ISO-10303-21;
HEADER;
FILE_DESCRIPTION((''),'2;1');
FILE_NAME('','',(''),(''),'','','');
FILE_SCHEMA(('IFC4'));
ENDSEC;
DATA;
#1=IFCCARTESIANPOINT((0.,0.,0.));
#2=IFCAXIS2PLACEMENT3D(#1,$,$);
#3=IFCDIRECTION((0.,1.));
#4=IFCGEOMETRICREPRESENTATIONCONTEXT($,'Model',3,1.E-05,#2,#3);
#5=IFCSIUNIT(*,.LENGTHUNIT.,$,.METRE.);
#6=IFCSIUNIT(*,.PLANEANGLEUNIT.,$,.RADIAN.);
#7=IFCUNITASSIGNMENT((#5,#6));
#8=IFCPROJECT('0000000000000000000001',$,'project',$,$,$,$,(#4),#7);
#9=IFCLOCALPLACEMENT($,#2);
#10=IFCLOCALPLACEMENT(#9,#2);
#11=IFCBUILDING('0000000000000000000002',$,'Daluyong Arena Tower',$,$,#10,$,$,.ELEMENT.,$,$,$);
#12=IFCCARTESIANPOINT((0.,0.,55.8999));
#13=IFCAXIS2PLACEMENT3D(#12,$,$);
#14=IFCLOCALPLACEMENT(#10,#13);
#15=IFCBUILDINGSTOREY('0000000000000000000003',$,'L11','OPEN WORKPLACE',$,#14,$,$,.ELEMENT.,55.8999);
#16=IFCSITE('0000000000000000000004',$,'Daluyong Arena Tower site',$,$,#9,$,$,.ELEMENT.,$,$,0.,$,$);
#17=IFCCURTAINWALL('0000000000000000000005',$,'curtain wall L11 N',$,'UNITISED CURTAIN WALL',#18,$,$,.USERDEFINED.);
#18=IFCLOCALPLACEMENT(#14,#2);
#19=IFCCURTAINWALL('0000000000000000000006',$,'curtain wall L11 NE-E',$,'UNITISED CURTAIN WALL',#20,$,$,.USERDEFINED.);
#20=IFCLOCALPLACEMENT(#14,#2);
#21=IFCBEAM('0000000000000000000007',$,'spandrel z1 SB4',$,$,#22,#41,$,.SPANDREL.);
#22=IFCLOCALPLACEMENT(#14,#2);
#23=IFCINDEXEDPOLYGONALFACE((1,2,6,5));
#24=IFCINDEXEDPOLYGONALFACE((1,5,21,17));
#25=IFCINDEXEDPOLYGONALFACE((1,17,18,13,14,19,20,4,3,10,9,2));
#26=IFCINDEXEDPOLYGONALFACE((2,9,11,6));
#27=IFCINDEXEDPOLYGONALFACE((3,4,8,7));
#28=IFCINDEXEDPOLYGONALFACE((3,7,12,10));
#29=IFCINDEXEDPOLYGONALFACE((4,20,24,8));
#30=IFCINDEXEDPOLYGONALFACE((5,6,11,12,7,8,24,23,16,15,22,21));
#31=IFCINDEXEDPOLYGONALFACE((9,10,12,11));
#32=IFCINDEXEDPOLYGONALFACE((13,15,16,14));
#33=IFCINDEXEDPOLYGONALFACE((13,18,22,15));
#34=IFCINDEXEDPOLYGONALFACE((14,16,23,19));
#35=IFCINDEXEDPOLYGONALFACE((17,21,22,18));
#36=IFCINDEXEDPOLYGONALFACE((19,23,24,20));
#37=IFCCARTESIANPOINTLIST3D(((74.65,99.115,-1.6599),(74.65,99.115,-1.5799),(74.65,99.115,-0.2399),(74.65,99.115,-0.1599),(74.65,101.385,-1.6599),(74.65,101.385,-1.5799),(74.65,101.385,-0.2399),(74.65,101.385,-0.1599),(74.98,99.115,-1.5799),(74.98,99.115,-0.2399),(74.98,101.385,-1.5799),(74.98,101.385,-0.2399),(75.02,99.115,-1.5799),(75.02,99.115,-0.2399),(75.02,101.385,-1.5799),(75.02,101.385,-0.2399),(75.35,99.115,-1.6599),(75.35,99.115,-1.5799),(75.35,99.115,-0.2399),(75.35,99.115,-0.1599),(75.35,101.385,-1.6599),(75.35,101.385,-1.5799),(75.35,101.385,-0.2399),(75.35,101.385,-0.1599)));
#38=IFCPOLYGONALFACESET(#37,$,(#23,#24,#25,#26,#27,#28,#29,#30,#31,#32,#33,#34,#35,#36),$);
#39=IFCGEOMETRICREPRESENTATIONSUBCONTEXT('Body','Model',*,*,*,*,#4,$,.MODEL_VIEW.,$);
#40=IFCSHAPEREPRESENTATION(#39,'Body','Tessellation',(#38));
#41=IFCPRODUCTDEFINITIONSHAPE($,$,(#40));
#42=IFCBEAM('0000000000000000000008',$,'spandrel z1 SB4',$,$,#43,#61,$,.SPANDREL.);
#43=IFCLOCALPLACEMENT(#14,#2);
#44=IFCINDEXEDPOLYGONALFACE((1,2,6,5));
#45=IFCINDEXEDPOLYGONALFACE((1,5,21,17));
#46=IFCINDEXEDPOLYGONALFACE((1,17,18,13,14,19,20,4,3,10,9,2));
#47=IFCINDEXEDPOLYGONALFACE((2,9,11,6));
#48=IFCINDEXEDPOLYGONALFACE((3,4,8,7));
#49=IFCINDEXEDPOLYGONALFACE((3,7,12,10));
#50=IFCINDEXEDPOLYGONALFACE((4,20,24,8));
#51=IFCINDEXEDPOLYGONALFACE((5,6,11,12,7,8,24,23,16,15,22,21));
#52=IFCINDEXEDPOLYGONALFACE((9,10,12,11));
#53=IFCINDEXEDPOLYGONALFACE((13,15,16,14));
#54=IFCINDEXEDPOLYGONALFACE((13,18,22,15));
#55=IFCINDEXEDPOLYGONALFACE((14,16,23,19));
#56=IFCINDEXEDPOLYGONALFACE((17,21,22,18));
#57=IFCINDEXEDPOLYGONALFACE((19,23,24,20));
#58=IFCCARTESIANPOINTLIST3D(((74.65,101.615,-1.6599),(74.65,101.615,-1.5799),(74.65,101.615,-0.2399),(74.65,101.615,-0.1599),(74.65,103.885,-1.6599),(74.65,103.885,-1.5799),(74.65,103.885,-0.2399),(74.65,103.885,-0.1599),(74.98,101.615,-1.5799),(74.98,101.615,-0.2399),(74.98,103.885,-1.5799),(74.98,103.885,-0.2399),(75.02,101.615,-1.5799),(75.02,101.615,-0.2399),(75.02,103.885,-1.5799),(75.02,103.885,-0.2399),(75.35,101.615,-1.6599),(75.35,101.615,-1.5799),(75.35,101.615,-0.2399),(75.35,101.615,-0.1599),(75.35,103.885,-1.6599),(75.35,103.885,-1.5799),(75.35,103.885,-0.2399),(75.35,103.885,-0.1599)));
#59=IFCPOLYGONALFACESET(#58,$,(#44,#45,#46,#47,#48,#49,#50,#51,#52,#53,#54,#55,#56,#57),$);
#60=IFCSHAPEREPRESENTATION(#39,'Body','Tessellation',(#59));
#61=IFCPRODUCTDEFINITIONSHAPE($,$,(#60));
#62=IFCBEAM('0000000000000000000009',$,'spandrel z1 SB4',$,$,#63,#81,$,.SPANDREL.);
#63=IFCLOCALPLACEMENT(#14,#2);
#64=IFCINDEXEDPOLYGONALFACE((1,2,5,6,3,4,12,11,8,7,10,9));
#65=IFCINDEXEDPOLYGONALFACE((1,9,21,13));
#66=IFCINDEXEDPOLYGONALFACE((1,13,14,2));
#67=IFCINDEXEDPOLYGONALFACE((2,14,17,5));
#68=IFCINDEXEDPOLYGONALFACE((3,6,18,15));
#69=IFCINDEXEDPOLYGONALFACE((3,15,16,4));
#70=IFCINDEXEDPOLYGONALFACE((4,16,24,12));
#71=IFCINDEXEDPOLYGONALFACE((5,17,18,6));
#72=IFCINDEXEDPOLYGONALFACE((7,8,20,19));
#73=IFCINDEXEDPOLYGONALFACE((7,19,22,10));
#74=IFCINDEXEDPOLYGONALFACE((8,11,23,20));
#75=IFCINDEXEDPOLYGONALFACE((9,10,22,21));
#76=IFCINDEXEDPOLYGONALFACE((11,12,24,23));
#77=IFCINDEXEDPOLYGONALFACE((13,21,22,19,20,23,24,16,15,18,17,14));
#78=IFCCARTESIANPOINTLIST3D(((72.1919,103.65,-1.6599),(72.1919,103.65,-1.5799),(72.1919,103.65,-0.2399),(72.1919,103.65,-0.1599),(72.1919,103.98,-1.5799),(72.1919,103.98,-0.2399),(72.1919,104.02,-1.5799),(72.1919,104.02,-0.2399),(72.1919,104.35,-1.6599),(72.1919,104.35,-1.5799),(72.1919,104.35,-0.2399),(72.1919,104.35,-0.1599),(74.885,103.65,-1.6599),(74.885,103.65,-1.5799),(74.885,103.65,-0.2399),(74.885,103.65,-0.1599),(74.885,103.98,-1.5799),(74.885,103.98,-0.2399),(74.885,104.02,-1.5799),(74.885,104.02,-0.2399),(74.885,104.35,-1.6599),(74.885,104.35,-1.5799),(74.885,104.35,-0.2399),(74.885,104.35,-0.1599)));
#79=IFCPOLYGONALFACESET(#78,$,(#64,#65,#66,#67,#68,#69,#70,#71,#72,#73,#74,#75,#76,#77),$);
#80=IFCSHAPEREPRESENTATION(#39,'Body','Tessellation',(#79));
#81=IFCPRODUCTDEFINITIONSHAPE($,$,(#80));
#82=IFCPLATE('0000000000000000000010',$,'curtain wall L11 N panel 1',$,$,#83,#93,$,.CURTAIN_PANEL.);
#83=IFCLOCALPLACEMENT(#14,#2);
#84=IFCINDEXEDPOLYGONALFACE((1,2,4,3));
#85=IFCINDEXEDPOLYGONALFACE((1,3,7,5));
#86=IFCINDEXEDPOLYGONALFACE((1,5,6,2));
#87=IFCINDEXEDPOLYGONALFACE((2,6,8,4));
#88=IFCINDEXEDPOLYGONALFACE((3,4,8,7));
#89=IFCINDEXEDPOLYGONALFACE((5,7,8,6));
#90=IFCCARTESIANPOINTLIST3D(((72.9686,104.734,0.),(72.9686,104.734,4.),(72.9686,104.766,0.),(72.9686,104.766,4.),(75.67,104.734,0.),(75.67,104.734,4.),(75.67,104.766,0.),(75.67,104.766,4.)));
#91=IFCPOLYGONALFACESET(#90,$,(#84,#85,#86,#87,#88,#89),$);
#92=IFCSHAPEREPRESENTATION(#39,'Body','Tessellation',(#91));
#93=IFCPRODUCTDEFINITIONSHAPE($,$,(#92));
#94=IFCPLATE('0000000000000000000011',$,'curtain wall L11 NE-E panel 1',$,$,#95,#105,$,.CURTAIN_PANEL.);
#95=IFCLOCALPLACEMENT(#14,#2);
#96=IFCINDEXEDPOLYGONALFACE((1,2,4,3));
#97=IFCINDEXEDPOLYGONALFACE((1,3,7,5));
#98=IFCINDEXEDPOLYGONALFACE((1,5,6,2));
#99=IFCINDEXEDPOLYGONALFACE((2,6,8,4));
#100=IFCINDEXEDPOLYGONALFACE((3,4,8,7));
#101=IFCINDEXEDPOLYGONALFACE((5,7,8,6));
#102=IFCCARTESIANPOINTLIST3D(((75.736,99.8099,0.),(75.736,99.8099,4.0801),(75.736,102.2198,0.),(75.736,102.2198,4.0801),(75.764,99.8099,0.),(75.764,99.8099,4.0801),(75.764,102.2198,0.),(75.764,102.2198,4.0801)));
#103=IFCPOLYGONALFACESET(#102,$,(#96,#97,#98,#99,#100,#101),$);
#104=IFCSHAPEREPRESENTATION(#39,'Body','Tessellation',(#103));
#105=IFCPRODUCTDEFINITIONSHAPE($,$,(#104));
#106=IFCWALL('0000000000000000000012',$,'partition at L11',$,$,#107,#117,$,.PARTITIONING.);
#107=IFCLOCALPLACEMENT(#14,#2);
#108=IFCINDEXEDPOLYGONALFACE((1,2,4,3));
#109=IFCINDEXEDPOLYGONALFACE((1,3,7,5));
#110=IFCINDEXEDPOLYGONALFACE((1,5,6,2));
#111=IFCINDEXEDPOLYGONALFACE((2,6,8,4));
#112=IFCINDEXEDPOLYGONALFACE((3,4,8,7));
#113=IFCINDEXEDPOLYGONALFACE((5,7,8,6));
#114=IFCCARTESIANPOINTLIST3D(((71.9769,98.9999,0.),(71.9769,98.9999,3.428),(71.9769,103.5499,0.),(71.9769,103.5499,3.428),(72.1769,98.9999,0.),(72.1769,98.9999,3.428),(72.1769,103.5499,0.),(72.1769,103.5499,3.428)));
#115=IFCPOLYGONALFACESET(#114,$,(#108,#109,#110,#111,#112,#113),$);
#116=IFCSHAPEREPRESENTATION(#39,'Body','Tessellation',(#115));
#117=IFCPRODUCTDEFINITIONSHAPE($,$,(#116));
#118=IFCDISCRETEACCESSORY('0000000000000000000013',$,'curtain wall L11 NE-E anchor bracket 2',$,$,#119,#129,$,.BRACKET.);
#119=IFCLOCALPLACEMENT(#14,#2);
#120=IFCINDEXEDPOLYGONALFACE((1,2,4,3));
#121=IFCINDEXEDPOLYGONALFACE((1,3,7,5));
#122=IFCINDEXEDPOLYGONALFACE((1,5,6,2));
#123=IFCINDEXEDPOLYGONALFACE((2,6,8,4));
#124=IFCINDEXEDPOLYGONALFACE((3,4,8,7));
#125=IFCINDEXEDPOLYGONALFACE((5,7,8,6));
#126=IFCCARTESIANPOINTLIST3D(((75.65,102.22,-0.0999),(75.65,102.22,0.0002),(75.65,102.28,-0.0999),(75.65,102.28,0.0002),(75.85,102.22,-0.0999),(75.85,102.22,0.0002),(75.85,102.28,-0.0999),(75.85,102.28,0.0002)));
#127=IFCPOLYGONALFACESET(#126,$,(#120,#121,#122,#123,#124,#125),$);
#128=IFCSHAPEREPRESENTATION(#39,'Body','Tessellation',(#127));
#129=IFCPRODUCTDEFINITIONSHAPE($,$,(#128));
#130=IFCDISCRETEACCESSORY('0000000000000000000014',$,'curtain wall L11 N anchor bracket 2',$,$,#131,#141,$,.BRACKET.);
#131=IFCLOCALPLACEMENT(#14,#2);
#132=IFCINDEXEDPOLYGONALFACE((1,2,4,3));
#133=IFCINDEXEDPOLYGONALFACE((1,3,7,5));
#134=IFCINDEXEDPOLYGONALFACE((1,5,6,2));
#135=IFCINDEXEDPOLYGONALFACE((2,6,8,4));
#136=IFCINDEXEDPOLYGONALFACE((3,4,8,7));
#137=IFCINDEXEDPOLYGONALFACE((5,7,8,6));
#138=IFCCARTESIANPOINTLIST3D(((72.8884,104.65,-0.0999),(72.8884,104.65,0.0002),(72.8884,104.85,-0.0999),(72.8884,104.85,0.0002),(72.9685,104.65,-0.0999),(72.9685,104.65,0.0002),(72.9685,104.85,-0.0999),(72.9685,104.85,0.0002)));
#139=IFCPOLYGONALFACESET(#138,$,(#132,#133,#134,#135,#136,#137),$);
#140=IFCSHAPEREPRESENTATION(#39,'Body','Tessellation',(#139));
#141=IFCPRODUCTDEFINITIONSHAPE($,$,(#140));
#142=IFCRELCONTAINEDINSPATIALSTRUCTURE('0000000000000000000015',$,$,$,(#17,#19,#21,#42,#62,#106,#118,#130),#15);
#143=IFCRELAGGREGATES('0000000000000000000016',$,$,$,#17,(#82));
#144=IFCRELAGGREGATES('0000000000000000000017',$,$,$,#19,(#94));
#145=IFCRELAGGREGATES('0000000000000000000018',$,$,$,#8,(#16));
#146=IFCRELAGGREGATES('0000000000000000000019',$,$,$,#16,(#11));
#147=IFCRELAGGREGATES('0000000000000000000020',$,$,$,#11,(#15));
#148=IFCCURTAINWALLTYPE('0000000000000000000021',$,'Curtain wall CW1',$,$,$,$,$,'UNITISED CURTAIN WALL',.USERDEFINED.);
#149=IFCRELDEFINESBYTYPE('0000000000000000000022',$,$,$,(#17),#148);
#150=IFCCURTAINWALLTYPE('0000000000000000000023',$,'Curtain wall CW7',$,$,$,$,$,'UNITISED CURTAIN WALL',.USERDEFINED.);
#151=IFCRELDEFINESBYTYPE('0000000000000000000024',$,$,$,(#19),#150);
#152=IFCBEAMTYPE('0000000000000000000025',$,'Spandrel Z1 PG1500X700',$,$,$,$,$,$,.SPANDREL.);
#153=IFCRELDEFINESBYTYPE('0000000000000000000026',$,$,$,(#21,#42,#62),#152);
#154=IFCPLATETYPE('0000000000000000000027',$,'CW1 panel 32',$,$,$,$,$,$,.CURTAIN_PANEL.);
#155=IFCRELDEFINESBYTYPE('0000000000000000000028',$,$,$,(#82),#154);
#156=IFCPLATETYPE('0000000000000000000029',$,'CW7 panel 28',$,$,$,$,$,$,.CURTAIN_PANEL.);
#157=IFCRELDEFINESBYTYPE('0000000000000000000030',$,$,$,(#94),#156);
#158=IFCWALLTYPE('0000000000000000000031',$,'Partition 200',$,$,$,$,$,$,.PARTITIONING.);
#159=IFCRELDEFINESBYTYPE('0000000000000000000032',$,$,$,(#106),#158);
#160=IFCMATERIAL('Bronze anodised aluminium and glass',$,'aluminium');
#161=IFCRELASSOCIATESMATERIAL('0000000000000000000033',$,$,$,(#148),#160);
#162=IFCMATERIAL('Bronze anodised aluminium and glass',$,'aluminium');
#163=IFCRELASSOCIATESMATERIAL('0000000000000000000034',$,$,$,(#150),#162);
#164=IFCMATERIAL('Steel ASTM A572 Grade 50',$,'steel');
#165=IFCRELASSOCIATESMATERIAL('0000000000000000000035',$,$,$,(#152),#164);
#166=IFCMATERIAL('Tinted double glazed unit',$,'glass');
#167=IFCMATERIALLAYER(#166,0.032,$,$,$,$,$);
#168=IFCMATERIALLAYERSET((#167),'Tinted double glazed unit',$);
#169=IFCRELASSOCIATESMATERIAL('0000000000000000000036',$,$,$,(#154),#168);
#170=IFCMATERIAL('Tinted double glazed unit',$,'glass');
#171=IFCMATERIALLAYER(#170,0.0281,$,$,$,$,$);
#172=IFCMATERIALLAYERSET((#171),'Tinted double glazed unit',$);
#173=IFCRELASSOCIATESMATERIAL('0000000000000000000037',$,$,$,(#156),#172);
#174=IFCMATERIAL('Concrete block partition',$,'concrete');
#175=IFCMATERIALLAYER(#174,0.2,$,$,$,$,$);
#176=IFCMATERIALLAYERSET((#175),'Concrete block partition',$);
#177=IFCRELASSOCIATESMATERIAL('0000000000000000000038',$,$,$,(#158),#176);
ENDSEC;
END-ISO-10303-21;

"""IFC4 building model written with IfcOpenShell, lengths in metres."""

from ifc_helpers import new_model, si_unit, direction, frame, frame_2d, origin, origin_2d, place, context, subcontext, project, spatial, rectangle, i_section, extrude, material, layer, layer_set, material_profile, profile_set, type_object, element, aggregate, save


model = new_model("IFC4")

# Units and contexts
model_context = context("Model", 3, precision=1e-05, world=origin(), true_north=direction((0.0, 1.0)))
body_context = subcontext(model_context, "Body", "Model", "MODEL_VIEW")
ifc_project = project(units=[si_unit("LENGTHUNIT", "METRE"), si_unit("PLANEANGLEUNIT", "RADIAN")], contexts=[model_context])

# Site, building, storey
site_placement = place(None, origin())
site = spatial("IfcSite", under=ifc_project, at=site_placement, Name="Daluyong Arena Tower site", CompositionType="ELEMENT", RefElevation=0.0)
building_placement = place(site_placement, origin())
building = spatial("IfcBuilding", under=site, at=building_placement, Name="Daluyong Arena Tower", CompositionType="ELEMENT")
storey_placement = place(building_placement, frame((0.0, 0.0, 55.8999)))
storey = spatial("IfcBuildingStorey", under=building, at=storey_placement, Name="L11", Description="OPEN WORKPLACE", CompositionType="ELEMENT", Elevation=55.8999)

# Curtain wall
ifc_material_1 = material(Name="Bronze anodised aluminium and glass", Category="aluminium")
curtain_wall_type_1 = type_object("IfcCurtainWallType", Name="Curtain wall CW1", ElementType="UNITISED CURTAIN WALL", PredefinedType="USERDEFINED", material=ifc_material_1)
curtain_wall_1_placement = place(storey_placement, origin())
curtain_wall_1 = element("IfcCurtainWall", 1, at=curtain_wall_1_placement, inside=storey, type_object=curtain_wall_type_1, Name="curtain wall L11 N", ObjectType="UNITISED CURTAIN WALL", PredefinedType="USERDEFINED")

# Curtain wall
ifc_material_2 = material(Name="Bronze anodised aluminium and glass", Category="aluminium")
curtain_wall_type_2 = type_object("IfcCurtainWallType", Name="Curtain wall CW7", ElementType="UNITISED CURTAIN WALL", PredefinedType="USERDEFINED", material=ifc_material_2)
curtain_wall_2_placement = place(storey_placement, origin())
curtain_wall_2 = element("IfcCurtainWall", 2, at=curtain_wall_2_placement, inside=storey, type_object=curtain_wall_type_2, Name="curtain wall L11 NE-E", ObjectType="UNITISED CURTAIN WALL", PredefinedType="USERDEFINED")

# Beams
ifc_material_3 = material(Name="Steel ASTM A572 Grade 50", Category="steel")
ifc_material_profile_1 = material_profile(ifc_material_3, i_section(OverallWidth=0.7, OverallDepth=1.5, WebThickness=0.04, FlangeThickness=0.08, at=origin_2d()))
ifc_profile_set_1 = profile_set([ifc_material_profile_1], Name="Steel ASTM A572 Grade 50")
beam_type_1 = type_object("IfcBeamType", Name="Spandrel Z1 PG1500X700", PredefinedType="SPANDREL", material=ifc_profile_set_1)
for number, where, z_axis, x_axis, name in (
    (3, (75.0, 99.115, -0.9099), (0.0, 1.0, 0.0), (-1.0, 0.0, 0.0), "spandrel z1 SB4"),
    (4, (75.0, 101.615, -0.9099), (0.0, 1.0, 0.0), (-1.0, 0.0, 0.0), "spandrel z1 SB4"),
):
    element("IfcBeam", number, at=place(storey_placement, frame(where, z_axis=z_axis, x_axis=x_axis)), inside=storey, type_object=beam_type_1, Name=name, PredefinedType="SPANDREL", context=body_context, shape_type="SweptSolid", body=[
        extrude(i_section(OverallWidth=0.7, OverallDepth=1.5, WebThickness=0.04, FlangeThickness=0.08, at=origin_2d()), origin(), (0.0, 0.0, 1.0), 2.27),
    ])
beam_1_placement = place(storey_placement, frame((74.885, 104.0, -0.9099), z_axis=(-1.0, 0.0, 0.0), x_axis=(0.0, -1.0, 0.0)))
element("IfcBeam", 5, at=beam_1_placement, inside=storey, type_object=beam_type_1, Name="spandrel z1 SB4", PredefinedType="SPANDREL", context=body_context, shape_type="SweptSolid", body=[
    extrude(i_section(OverallWidth=0.7, OverallDepth=1.5, WebThickness=0.04, FlangeThickness=0.08, at=origin_2d()), origin(), (0.0, 0.0, 1.0), 2.6931),
])

# Plates
ifc_material_4 = material(Name="Tinted double glazed unit", Category="glass")
ifc_layer_1 = layer(ifc_material_4, 0.032)
ifc_layer_set_1 = layer_set([ifc_layer_1], Name="Tinted double glazed unit")
plate_type_1 = type_object("IfcPlateType", Name="CW1 panel 32", PredefinedType="CURTAIN_PANEL", material=ifc_layer_set_1)
plate_1_placement = place(storey_placement, frame((74.3193, 104.75, 0.0), z_axis=(0.0, 0.0, 1.0), x_axis=(-1.0, 0.0, 0.0)))
plate_1 = element("IfcPlate", 6, at=plate_1_placement, type_object=plate_type_1, Name="curtain wall L11 N panel 1", PredefinedType="CURTAIN_PANEL", context=body_context, shape_type="SweptSolid", body=[
    extrude(rectangle(XDim=2.7014, YDim=0.032, at=origin_2d()), origin(), (0.0, 0.0, 1.0), 4.0),
])
aggregate(curtain_wall_1, [plate_1])
ifc_material_5 = material(Name="Tinted double glazed unit", Category="glass")
ifc_layer_2 = layer(ifc_material_5, 0.0281)
ifc_layer_set_2 = layer_set([ifc_layer_2], Name="Tinted double glazed unit")
plate_type_2 = type_object("IfcPlateType", Name="CW7 panel 28", PredefinedType="CURTAIN_PANEL", material=ifc_layer_set_2)
plate_2_placement = place(storey_placement, frame((75.75, 101.0149, 0.0), z_axis=(0.0, 0.0, 1.0), x_axis=(0.0, 1.0, 0.0)))
plate_2 = element("IfcPlate", 7, at=plate_2_placement, type_object=plate_type_2, Name="curtain wall L11 NE-E panel 1", PredefinedType="CURTAIN_PANEL", context=body_context, shape_type="SweptSolid", body=[
    extrude(rectangle(XDim=2.4099, YDim=0.0281, at=origin_2d()), origin(), (0.0, 0.0, 1.0), 4.0801),
])
aggregate(curtain_wall_2, [plate_2])

# Wall
ifc_material_6 = material(Name="Concrete block partition", Category="concrete")
ifc_layer_3 = layer(ifc_material_6, 0.2)
ifc_layer_set_3 = layer_set([ifc_layer_3], Name="Concrete block partition")
wall_type_1 = type_object("IfcWallType", Name="Partition 200", PredefinedType="PARTITIONING", material=ifc_layer_set_3)
wall_1_placement = place(storey_placement, frame((72.0769, 99.0, 0.0), z_axis=(0.0, 0.0, 1.0), x_axis=(0.0, 1.0, 0.0)))
element("IfcWall", 8, at=wall_1_placement, inside=storey, type_object=wall_type_1, Name="partition at L11", PredefinedType="PARTITIONING", context=body_context, shape_type="SweptSolid", body=[
    extrude(rectangle(XDim=4.55, YDim=0.2, at=frame_2d((2.2749, 0.0))), origin(), (0.0, 0.0, 1.0), 3.428),
])

# Discrete accessories
discrete_accessory_1_placement = place(storey_placement, frame((75.75, 102.25, -0.0999), z_axis=(0.0, 0.0, 1.0), x_axis=(0.0, 1.0, 0.0)))
element("IfcDiscreteAccessory", 9, at=discrete_accessory_1_placement, inside=storey, Name="curtain wall L11 NE-E anchor bracket 2", PredefinedType="BRACKET", context=body_context, shape_type="SweptSolid", body=[
    extrude(rectangle(XDim=0.0601, YDim=0.2, at=origin_2d()), origin(), (0.0, 0.0, 1.0), 0.1001),
])
discrete_accessory_2_placement = place(storey_placement, frame((72.9285, 104.75, -0.0999), z_axis=(0.0, 0.0, 1.0), x_axis=(-1.0, 0.0, 0.0)))
element("IfcDiscreteAccessory", 10, at=discrete_accessory_2_placement, inside=storey, Name="curtain wall L11 N anchor bracket 2", PredefinedType="BRACKET", context=body_context, shape_type="SweptSolid", body=[
    extrude(rectangle(XDim=0.0801, YDim=0.2, at=origin_2d()), origin(), (0.0, 0.0, 1.0), 0.1001),
])

save(model, "model.ifc")
